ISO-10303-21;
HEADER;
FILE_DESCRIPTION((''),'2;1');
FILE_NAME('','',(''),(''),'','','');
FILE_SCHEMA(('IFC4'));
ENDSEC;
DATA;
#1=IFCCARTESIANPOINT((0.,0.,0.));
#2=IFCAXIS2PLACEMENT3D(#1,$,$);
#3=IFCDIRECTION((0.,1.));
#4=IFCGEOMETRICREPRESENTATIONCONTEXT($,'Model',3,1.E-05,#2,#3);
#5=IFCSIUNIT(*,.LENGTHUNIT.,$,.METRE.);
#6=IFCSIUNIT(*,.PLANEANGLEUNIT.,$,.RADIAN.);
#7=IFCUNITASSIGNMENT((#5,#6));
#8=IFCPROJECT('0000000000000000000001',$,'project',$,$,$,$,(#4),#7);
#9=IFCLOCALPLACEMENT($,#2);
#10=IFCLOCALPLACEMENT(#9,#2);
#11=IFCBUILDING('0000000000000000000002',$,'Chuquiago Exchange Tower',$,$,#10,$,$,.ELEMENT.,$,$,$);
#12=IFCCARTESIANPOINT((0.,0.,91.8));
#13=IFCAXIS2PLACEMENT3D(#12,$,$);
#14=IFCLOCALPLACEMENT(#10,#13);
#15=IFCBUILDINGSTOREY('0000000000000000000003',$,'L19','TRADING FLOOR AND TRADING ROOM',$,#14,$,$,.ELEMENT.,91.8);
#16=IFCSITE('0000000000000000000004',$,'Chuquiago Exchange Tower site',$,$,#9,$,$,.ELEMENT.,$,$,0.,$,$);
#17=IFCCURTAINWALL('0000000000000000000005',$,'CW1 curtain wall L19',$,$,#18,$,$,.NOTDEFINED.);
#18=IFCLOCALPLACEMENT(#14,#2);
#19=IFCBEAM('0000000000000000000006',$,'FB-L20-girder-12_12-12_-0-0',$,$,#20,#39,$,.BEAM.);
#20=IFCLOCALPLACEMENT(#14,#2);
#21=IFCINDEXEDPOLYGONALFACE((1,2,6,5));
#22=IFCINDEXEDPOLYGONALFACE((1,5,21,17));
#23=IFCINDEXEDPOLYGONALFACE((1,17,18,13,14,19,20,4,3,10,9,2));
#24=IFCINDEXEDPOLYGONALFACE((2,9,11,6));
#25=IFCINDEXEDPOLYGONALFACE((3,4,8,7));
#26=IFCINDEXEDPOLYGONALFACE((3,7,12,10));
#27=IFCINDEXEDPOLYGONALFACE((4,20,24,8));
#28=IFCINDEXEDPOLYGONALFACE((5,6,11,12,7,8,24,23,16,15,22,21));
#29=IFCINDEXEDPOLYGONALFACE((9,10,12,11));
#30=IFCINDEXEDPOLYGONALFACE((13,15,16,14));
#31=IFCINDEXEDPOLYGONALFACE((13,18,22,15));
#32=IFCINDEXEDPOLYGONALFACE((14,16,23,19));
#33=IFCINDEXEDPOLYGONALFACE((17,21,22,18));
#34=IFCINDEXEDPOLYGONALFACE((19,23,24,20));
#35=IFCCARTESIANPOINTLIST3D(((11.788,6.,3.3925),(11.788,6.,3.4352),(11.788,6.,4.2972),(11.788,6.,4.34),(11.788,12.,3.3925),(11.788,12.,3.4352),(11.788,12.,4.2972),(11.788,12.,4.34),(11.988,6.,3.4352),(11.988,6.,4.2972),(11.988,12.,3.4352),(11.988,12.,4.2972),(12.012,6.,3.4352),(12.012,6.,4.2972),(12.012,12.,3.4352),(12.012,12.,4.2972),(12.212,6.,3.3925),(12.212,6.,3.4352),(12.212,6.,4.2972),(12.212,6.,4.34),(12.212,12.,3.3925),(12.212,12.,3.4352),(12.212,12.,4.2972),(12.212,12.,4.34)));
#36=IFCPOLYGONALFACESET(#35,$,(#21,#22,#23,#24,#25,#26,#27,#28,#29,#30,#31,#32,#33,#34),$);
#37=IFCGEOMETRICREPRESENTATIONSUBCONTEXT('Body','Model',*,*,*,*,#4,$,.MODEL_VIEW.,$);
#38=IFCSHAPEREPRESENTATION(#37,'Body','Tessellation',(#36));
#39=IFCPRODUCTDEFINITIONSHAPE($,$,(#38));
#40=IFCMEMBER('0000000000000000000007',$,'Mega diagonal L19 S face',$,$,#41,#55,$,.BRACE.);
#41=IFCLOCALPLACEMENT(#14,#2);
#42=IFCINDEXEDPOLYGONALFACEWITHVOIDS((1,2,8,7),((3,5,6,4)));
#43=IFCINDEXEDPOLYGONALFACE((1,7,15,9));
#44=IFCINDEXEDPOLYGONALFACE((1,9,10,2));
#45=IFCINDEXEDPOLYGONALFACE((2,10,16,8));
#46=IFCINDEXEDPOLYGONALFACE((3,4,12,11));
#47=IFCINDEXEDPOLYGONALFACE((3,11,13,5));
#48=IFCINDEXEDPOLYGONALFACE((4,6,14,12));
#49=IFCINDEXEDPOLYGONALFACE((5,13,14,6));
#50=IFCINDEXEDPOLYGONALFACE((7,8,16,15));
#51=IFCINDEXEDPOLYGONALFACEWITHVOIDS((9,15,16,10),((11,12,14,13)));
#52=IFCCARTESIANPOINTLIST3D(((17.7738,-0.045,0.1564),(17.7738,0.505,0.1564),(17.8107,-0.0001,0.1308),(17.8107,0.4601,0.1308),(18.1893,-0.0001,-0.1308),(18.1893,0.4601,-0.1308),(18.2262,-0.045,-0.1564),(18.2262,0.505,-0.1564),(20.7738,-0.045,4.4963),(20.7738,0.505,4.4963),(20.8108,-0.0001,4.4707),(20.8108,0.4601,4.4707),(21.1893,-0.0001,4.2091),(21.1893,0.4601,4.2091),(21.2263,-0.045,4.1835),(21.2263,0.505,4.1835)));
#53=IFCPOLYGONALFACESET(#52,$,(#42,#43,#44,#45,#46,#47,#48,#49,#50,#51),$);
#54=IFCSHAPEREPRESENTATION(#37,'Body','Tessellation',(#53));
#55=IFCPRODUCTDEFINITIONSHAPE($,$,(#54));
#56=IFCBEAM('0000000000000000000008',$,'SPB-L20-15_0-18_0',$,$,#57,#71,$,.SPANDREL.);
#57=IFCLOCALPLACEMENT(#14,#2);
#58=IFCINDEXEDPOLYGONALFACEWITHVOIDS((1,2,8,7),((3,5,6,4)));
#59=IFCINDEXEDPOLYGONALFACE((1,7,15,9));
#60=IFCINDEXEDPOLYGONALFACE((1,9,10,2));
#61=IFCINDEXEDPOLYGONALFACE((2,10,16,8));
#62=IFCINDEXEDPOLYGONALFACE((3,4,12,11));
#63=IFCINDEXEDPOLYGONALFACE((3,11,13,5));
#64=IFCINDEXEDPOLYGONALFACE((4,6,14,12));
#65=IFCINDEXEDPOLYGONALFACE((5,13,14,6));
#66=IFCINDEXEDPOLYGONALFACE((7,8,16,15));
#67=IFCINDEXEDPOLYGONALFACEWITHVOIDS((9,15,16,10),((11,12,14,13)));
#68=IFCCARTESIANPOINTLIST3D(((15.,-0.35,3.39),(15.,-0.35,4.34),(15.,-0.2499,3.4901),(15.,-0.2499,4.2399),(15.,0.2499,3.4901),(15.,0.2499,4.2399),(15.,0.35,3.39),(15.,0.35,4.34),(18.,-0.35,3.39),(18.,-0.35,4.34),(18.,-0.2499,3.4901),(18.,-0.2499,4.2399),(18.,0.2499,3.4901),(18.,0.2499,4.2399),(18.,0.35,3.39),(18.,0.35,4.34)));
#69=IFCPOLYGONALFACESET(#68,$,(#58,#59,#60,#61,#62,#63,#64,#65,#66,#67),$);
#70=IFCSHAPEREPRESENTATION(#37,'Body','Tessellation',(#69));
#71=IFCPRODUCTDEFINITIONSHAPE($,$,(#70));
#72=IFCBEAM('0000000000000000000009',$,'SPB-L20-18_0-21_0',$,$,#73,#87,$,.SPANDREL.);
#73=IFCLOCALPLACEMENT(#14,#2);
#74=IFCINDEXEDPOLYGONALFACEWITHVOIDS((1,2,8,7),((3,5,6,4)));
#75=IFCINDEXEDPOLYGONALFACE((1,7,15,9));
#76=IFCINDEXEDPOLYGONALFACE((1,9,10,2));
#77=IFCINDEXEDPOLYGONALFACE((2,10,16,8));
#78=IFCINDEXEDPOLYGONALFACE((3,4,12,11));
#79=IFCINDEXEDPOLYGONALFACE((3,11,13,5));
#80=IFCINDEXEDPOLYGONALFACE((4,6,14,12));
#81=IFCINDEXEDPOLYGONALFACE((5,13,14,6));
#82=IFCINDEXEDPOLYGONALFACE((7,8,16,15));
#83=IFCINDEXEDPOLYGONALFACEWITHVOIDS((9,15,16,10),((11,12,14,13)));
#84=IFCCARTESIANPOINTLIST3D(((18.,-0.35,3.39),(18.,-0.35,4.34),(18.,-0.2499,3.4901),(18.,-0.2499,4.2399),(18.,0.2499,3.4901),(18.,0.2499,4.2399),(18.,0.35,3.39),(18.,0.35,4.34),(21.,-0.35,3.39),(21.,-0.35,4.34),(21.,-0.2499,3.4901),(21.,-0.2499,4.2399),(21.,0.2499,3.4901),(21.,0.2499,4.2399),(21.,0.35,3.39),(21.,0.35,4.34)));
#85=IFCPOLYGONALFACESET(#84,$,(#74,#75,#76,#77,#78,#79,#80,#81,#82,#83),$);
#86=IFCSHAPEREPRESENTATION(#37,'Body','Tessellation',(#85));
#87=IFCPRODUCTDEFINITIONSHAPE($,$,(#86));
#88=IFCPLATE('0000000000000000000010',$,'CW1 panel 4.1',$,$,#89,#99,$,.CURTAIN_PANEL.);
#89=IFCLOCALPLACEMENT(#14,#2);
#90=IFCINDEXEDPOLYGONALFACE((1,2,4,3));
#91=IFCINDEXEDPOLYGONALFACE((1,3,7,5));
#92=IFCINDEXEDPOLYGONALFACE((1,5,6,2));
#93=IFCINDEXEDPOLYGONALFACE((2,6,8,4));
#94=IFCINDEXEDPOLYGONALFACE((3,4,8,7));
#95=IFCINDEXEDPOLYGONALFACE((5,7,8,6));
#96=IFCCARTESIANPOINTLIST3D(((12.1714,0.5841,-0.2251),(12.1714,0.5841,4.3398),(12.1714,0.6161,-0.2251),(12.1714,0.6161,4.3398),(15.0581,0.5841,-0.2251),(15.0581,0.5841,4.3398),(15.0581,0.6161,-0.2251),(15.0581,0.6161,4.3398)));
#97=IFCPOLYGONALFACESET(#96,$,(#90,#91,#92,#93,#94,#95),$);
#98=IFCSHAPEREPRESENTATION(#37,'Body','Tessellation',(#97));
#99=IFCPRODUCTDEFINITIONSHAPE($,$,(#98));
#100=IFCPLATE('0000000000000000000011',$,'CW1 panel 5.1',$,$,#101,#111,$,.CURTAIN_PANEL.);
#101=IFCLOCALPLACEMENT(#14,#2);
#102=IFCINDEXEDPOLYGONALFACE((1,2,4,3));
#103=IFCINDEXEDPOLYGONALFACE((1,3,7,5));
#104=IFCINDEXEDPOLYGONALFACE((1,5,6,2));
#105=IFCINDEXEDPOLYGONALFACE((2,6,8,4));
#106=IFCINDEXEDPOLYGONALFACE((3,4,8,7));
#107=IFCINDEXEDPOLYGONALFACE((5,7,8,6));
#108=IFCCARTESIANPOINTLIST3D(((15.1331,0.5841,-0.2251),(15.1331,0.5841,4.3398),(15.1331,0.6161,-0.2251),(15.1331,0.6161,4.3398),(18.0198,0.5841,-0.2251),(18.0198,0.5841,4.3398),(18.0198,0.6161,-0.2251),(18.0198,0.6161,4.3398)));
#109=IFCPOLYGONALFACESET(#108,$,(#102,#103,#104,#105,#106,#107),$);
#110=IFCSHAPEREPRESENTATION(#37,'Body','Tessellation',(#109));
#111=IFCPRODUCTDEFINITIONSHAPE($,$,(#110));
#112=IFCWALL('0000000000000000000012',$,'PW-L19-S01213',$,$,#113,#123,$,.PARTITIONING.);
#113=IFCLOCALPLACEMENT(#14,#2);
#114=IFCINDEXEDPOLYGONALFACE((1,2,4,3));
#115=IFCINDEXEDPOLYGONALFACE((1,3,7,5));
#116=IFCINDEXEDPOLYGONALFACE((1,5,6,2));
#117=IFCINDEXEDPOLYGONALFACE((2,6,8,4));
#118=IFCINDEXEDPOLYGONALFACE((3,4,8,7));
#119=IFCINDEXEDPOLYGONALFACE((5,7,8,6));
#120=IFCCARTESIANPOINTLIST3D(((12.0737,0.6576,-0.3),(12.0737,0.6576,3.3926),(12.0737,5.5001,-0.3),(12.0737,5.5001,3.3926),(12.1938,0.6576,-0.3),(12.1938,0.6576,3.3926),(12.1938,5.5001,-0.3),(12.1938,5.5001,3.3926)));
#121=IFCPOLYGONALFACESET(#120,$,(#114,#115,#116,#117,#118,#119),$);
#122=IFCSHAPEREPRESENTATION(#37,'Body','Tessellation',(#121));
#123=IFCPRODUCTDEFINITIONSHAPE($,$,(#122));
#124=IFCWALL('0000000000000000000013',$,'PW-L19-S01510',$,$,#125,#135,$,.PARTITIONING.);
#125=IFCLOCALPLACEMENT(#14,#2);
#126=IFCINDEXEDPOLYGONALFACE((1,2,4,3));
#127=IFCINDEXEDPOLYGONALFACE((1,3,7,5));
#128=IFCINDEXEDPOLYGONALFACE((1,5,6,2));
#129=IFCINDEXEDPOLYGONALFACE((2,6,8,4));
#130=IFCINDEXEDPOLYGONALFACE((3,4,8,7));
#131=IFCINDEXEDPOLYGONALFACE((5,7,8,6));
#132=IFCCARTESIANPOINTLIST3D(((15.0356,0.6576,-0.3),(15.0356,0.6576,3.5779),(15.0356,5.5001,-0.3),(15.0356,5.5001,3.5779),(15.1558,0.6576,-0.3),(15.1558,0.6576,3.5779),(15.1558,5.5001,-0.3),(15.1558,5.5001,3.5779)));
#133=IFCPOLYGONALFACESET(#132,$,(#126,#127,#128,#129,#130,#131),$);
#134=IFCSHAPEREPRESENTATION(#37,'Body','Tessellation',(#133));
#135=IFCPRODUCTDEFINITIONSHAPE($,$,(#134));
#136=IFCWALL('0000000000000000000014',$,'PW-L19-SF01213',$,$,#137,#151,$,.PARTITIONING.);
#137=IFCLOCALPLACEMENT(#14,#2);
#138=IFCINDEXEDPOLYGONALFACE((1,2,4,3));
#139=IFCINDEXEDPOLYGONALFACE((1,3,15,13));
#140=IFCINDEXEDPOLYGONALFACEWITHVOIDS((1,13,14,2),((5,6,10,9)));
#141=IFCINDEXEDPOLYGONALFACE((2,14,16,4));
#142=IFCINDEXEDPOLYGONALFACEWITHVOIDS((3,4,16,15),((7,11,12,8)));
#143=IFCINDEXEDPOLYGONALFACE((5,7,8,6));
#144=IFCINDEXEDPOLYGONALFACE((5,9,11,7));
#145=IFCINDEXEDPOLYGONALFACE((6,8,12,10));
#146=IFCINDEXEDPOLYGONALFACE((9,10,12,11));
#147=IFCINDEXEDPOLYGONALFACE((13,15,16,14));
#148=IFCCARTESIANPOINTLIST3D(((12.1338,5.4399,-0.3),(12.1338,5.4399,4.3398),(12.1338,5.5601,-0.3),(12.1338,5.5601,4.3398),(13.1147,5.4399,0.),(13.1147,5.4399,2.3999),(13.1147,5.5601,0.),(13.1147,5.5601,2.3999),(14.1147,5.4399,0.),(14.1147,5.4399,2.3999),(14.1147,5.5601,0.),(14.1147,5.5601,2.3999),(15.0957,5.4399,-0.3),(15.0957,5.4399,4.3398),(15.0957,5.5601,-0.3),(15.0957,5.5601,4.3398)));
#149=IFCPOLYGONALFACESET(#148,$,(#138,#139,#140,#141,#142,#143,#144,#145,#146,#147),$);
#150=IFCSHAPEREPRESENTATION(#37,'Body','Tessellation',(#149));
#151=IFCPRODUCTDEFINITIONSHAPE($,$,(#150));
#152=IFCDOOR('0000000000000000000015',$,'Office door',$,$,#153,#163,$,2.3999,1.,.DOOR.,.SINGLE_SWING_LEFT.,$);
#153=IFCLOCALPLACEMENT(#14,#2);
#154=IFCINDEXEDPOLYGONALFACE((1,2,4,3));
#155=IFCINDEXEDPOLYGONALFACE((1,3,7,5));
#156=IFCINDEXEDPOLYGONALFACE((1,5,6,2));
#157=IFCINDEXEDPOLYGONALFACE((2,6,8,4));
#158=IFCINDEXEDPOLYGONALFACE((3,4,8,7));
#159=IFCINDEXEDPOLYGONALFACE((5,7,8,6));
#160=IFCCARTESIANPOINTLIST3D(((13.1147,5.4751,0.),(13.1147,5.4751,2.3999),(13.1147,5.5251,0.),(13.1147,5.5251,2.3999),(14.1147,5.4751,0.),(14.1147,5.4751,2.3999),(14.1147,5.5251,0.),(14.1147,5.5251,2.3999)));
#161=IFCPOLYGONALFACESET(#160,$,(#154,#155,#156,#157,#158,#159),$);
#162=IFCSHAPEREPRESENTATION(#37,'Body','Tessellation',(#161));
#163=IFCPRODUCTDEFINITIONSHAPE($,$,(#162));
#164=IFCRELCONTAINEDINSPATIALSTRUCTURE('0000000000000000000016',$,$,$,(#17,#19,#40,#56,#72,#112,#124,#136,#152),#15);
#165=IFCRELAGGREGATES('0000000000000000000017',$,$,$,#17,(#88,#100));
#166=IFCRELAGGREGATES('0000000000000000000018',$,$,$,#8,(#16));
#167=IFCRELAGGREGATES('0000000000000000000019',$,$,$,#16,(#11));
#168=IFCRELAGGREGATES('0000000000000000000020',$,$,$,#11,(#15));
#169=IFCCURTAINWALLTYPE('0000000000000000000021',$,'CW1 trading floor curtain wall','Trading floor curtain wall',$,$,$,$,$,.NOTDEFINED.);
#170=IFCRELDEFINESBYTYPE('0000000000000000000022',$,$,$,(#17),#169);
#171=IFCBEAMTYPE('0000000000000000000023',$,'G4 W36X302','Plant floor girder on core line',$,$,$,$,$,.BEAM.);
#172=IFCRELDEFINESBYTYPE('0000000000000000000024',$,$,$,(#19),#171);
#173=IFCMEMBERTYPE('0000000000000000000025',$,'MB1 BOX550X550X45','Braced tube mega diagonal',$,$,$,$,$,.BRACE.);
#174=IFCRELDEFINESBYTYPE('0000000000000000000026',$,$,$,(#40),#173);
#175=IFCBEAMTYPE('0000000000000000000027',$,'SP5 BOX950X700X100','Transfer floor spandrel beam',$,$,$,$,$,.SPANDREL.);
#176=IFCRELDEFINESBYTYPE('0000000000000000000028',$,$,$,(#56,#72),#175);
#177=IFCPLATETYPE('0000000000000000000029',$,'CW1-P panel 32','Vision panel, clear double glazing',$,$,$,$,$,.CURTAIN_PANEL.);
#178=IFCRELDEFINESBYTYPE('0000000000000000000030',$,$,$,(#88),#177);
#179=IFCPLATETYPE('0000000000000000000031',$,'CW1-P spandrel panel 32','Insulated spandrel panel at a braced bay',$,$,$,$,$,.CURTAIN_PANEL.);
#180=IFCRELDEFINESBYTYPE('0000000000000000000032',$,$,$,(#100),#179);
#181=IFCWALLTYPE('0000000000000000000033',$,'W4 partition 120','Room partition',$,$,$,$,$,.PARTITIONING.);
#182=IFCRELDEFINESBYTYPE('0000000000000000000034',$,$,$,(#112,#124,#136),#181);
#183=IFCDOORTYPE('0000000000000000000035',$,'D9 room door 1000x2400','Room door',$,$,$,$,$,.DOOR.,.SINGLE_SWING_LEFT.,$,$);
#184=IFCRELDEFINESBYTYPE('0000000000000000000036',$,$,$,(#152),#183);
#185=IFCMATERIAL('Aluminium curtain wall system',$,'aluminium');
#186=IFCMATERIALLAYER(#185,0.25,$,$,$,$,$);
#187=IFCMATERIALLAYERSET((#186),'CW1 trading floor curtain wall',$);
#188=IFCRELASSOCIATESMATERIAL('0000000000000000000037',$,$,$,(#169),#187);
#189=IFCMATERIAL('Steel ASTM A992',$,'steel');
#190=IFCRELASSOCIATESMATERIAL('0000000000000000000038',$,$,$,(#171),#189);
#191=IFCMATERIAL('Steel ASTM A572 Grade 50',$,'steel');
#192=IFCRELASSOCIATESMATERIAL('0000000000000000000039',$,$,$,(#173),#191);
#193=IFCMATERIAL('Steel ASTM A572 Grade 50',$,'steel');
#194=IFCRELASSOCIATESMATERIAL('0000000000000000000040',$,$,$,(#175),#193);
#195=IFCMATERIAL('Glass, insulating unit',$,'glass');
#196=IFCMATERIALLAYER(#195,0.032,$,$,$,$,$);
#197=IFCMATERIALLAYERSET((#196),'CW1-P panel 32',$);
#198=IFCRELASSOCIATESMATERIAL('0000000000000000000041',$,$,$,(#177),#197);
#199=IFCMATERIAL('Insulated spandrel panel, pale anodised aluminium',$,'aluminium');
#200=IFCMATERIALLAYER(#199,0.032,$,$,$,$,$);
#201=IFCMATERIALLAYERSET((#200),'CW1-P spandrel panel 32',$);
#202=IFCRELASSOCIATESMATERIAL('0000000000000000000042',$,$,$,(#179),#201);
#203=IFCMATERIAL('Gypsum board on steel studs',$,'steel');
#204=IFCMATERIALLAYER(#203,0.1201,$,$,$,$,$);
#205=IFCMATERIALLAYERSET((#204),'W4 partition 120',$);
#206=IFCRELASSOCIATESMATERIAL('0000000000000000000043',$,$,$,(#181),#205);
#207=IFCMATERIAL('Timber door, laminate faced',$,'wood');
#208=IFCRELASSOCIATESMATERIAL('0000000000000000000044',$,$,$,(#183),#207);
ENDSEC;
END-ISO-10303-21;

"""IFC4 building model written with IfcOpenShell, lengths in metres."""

from ifc_helpers import new_model, si_unit, direction, frame, frame_2d, origin, origin_2d, place, context, subcontext, project, spatial, rectangle, hollow_rectangle, i_section, extrude, material, layer, layer_set, material_profile, profile_set, type_object, element, fill, aggregate, save


model = new_model("IFC4")

# Units and contexts
model_context = context("Model", 3, precision=1e-05, world=origin(), true_north=direction((0.0, 1.0)))
body_context = subcontext(model_context, "Body", "Model", "MODEL_VIEW")
ifc_project = project(units=[si_unit("LENGTHUNIT", "METRE"), si_unit("PLANEANGLEUNIT", "RADIAN")], contexts=[model_context])

# Site, building, storey
site_placement = place(None, origin())
site = spatial("IfcSite", under=ifc_project, at=site_placement, Name="Chuquiago Exchange Tower site", CompositionType="ELEMENT", RefElevation=0.0)
building_placement = place(site_placement, origin())
building = spatial("IfcBuilding", under=site, at=building_placement, Name="Chuquiago Exchange Tower", CompositionType="ELEMENT")
storey_placement = place(building_placement, frame((0.0, 0.0, 91.8)))
storey = spatial("IfcBuildingStorey", under=building, at=storey_placement, Name="L19", Description="TRADING FLOOR AND TRADING ROOM", CompositionType="ELEMENT", Elevation=91.8)

# Curtain wall
ifc_material_1 = material(Name="Aluminium curtain wall system", Category="aluminium")
ifc_layer_1 = layer(ifc_material_1, 0.25)
ifc_layer_set_1 = layer_set([ifc_layer_1], Name="CW1 trading floor curtain wall")
curtain_wall_type = type_object("IfcCurtainWallType", Name="CW1 trading floor curtain wall", Description="Trading floor curtain wall", PredefinedType="NOTDEFINED", material=ifc_layer_set_1)
curtain_wall_placement = place(storey_placement, origin())
curtain_wall = element("IfcCurtainWall", 1, at=curtain_wall_placement, inside=storey, type_object=curtain_wall_type, Name="CW1 curtain wall L19", PredefinedType="NOTDEFINED")

# Beam
ifc_material_2 = material(Name="Steel ASTM A992", Category="steel")
ifc_material_profile_1 = material_profile(ifc_material_2, i_section(OverallWidth=0.4241, OverallDepth=0.9475, WebThickness=0.0239, FlangeThickness=0.0427, at=origin_2d()), Name="W36X302")
ifc_profile_set_1 = profile_set([ifc_material_profile_1], Name="Steel ASTM A992")
beam_type_1 = type_object("IfcBeamType", Name="G4 W36X302", Description="Plant floor girder on core line", PredefinedType="BEAM", material=ifc_profile_set_1)
beam_1_placement = place(storey_placement, frame((12.0, 12.0, 3.8662), z_axis=(0.0, -1.0, 0.0), x_axis=(1.0, 0.0, 0.0)))
element("IfcBeam", 2, at=beam_1_placement, inside=storey, type_object=beam_type_1, Name="FB-L20-girder-12_12-12_-0-0", PredefinedType="BEAM", context=body_context, shape_type="SweptSolid", body=[
    extrude(i_section(OverallWidth=0.4241, OverallDepth=0.9475, WebThickness=0.0239, FlangeThickness=0.0427, at=origin_2d()), origin(), (0.0, 0.0, 1.0), 6.0),
])

# Member
ifc_material_3 = material(Name="Steel ASTM A572 Grade 50", Category="steel")
ifc_material_profile_2 = material_profile(ifc_material_3, hollow_rectangle(XDim=0.55, YDim=0.55, WallThickness=0.0449, at=origin_2d()), Name="BOX550X550X45")
ifc_profile_set_2 = profile_set([ifc_material_profile_2], Name="Steel ASTM A572 Grade 50")
member_type_1 = type_object("IfcMemberType", Name="MB1 BOX550X550X45", Description="Braced tube mega diagonal", PredefinedType="BRACE", material=ifc_profile_set_2)
member_1_placement = place(storey_placement, frame((18.0, 0.23, 0.0), z_axis=(0.568632, 0.0, 0.822592), x_axis=(0.0, 1.0, 0.0)))
element("IfcMember", 3, at=member_1_placement, inside=storey, type_object=member_type_1, Name="Mega diagonal L19 S face", PredefinedType="BRACE", context=body_context, shape_type="SweptSolid", body=[
    extrude(hollow_rectangle(XDim=0.55, YDim=0.55, WallThickness=0.0449, at=origin_2d()), origin(), (0.0, 0.0, 1.0), 5.2759),
])

# Beams
ifc_material_4 = material(Name="Steel ASTM A572 Grade 50", Category="steel")
ifc_material_profile_3 = material_profile(ifc_material_4, hollow_rectangle(XDim=0.7, YDim=0.95, WallThickness=0.1001, at=origin_2d()), Name="BOX950X700X100")
ifc_profile_set_3 = profile_set([ifc_material_profile_3], Name="Steel ASTM A572 Grade 50")
beam_type_2 = type_object("IfcBeamType", Name="SP5 BOX950X700X100", Description="Transfer floor spandrel beam", PredefinedType="SPANDREL", material=ifc_profile_set_3)
for number, where, z_axis, x_axis, name in (
    (4, (15.0, 0.0, 3.865), (1.0, 0.0, 0.0), (0.0, 1.0, 0.0), "SPB-L20-15_0-18_0"),
    (5, (18.0, 0.0, 3.865), (1.0, 0.0, 0.0), (0.0, 1.0, 0.0), "SPB-L20-18_0-21_0"),
):
    element("IfcBeam", number, at=place(storey_placement, frame(where, z_axis=z_axis, x_axis=x_axis)), inside=storey, type_object=beam_type_2, Name=name, PredefinedType="SPANDREL", context=body_context, shape_type="SweptSolid", body=[
        extrude(hollow_rectangle(XDim=0.7, YDim=0.95, WallThickness=0.1001, at=origin_2d()), origin(), (0.0, 0.0, 1.0), 3.0),
    ])

# Plates
ifc_material_5 = material(Name="Glass, insulating unit", Category="glass")
ifc_layer_2 = layer(ifc_material_5, 0.032)
ifc_layer_set_2 = layer_set([ifc_layer_2], Name="CW1-P panel 32")
plate_type_1 = type_object("IfcPlateType", Name="CW1-P panel 32", Description="Vision panel, clear double glazing", PredefinedType="CURTAIN_PANEL", material=ifc_layer_set_2)
plate_1_placement = place(storey_placement, frame((13.6147, 0.6001, -0.2251), z_axis=(0.0, 0.0, 1.0), x_axis=(1.0, 0.0, 0.0)))
plate_1 = element("IfcPlate", 6, at=plate_1_placement, type_object=plate_type_1, Name="CW1 panel 4.1", PredefinedType="CURTAIN_PANEL", context=body_context, shape_type="SweptSolid", body=[
    extrude(rectangle(XDim=2.8867, YDim=0.032, at=origin_2d()), origin(), (0.0, 0.0, 1.0), 4.5649),
])
ifc_material_6 = material(Name="Insulated spandrel panel, pale anodised aluminium", Category="aluminium")
ifc_layer_3 = layer(ifc_material_6, 0.032)
ifc_layer_set_3 = layer_set([ifc_layer_3], Name="CW1-P spandrel panel 32")
plate_type_2 = type_object("IfcPlateType", Name="CW1-P spandrel panel 32", Description="Insulated spandrel panel at a braced bay", PredefinedType="CURTAIN_PANEL", material=ifc_layer_set_3)
plate_2_placement = place(storey_placement, frame((16.5764, 0.6001, -0.2251), z_axis=(0.0, 0.0, 1.0), x_axis=(1.0, 0.0, 0.0)))
plate_2 = element("IfcPlate", 7, at=plate_2_placement, type_object=plate_type_2, Name="CW1 panel 5.1", PredefinedType="CURTAIN_PANEL", context=body_context, shape_type="SweptSolid", body=[
    extrude(rectangle(XDim=2.8867, YDim=0.032, at=origin_2d()), origin(), (0.0, 0.0, 1.0), 4.5649),
])
aggregate(curtain_wall, [plate_1, plate_2])

# Walls
ifc_material_7 = material(Name="Gypsum board on steel studs", Category="steel")
ifc_layer_4 = layer(ifc_material_7, 0.1201)
ifc_layer_set_4 = layer_set([ifc_layer_4], Name="W4 partition 120")
wall_type = type_object("IfcWallType", Name="W4 partition 120", Description="Room partition", PredefinedType="PARTITIONING", material=ifc_layer_set_4)
wall_1_placement = place(storey_placement, frame((12.1338, 0.6575, -0.3), z_axis=(0.0, 0.0, 1.0), x_axis=(0.0, 1.0, 0.0)))
element("IfcWall", 8, at=wall_1_placement, inside=storey, type_object=wall_type, Name="PW-L19-S01213", PredefinedType="PARTITIONING", context=body_context, shape_type="SweptSolid", body=[
    extrude(rectangle(XDim=4.8425, YDim=0.1201, at=frame_2d((2.4214, 0.0))), origin(), (0.0, 0.0, 1.0), 3.6926),
])
wall_2_placement = place(storey_placement, frame((15.0957, 0.6575, -0.3), z_axis=(0.0, 0.0, 1.0), x_axis=(0.0, 1.0, 0.0)))
element("IfcWall", 9, at=wall_2_placement, inside=storey, type_object=wall_type, Name="PW-L19-S01510", PredefinedType="PARTITIONING", context=body_context, shape_type="SweptSolid", body=[
    extrude(rectangle(XDim=4.8425, YDim=0.1201, at=frame_2d((2.4214, 0.0))), origin(), (0.0, 0.0, 1.0), 3.8779),
])

# Wall, opening, door
wall_3_placement = place(storey_placement, frame((12.1338, 5.5, -0.3), z_axis=(0.0, 0.0, 1.0), x_axis=(1.0, 0.0, 0.0)))
wall_3 = element("IfcWall", 10, at=wall_3_placement, inside=storey, type_object=wall_type, Name="PW-L19-SF01213", PredefinedType="PARTITIONING", context=body_context, shape_type="SweptSolid", body=[
    extrude(rectangle(XDim=2.9619, YDim=0.1201, at=frame_2d((1.481, 0.0))), origin(), (0.0, 0.0, 1.0), 4.6399),
])
opening_placement = place(wall_3_placement, frame((0.981, 0.0, 0.3)))
opening = element("IfcOpeningElement", 11, at=opening_placement, cuts=wall_3, PredefinedType="OPENING", context=body_context, shape_type="SweptSolid", body=[
    extrude(rectangle(XDim=1.0, YDim=2.3999, at=frame_2d((0.5, 1.2))), frame((0.0, 0.0701, 0.0), z_axis=(0.0, -1.0, 0.0), x_axis=(1.0, 0.0, 0.0)), (0.0, 0.0, 1.0), 0.1401),
])
ifc_material_8 = material(Name="Timber door, laminate faced", Category="wood")
door_type = type_object("IfcDoorType", Name="D9 room door 1000x2400", Description="Room door", OperationType="SINGLE_SWING_LEFT", PredefinedType="DOOR", material=ifc_material_8)
door_placement = place(opening_placement, frame((1.0, 0.0, 0.0), z_axis=(0.0, 0.0, 1.0), x_axis=(-1.0, 0.0, 0.0)))
door = element("IfcDoor", 12, at=door_placement, inside=storey, type_object=door_type, Name="Office door", OperationType="SINGLE_SWING_LEFT", OverallHeight=2.3999, OverallWidth=1.0, PredefinedType="DOOR", context=body_context, shape_type="SweptSolid", body=[
    extrude(rectangle(XDim=1.0, YDim=2.3999, at=frame_2d((0.5, 1.2))), frame((0.0, 0.0249, 0.0), z_axis=(0.0, -1.0, 0.0), x_axis=(1.0, 0.0, 0.0)), (0.0, 0.0, 1.0), 0.05),
])
fill(opening, door)

save(model, "model.ifc")
